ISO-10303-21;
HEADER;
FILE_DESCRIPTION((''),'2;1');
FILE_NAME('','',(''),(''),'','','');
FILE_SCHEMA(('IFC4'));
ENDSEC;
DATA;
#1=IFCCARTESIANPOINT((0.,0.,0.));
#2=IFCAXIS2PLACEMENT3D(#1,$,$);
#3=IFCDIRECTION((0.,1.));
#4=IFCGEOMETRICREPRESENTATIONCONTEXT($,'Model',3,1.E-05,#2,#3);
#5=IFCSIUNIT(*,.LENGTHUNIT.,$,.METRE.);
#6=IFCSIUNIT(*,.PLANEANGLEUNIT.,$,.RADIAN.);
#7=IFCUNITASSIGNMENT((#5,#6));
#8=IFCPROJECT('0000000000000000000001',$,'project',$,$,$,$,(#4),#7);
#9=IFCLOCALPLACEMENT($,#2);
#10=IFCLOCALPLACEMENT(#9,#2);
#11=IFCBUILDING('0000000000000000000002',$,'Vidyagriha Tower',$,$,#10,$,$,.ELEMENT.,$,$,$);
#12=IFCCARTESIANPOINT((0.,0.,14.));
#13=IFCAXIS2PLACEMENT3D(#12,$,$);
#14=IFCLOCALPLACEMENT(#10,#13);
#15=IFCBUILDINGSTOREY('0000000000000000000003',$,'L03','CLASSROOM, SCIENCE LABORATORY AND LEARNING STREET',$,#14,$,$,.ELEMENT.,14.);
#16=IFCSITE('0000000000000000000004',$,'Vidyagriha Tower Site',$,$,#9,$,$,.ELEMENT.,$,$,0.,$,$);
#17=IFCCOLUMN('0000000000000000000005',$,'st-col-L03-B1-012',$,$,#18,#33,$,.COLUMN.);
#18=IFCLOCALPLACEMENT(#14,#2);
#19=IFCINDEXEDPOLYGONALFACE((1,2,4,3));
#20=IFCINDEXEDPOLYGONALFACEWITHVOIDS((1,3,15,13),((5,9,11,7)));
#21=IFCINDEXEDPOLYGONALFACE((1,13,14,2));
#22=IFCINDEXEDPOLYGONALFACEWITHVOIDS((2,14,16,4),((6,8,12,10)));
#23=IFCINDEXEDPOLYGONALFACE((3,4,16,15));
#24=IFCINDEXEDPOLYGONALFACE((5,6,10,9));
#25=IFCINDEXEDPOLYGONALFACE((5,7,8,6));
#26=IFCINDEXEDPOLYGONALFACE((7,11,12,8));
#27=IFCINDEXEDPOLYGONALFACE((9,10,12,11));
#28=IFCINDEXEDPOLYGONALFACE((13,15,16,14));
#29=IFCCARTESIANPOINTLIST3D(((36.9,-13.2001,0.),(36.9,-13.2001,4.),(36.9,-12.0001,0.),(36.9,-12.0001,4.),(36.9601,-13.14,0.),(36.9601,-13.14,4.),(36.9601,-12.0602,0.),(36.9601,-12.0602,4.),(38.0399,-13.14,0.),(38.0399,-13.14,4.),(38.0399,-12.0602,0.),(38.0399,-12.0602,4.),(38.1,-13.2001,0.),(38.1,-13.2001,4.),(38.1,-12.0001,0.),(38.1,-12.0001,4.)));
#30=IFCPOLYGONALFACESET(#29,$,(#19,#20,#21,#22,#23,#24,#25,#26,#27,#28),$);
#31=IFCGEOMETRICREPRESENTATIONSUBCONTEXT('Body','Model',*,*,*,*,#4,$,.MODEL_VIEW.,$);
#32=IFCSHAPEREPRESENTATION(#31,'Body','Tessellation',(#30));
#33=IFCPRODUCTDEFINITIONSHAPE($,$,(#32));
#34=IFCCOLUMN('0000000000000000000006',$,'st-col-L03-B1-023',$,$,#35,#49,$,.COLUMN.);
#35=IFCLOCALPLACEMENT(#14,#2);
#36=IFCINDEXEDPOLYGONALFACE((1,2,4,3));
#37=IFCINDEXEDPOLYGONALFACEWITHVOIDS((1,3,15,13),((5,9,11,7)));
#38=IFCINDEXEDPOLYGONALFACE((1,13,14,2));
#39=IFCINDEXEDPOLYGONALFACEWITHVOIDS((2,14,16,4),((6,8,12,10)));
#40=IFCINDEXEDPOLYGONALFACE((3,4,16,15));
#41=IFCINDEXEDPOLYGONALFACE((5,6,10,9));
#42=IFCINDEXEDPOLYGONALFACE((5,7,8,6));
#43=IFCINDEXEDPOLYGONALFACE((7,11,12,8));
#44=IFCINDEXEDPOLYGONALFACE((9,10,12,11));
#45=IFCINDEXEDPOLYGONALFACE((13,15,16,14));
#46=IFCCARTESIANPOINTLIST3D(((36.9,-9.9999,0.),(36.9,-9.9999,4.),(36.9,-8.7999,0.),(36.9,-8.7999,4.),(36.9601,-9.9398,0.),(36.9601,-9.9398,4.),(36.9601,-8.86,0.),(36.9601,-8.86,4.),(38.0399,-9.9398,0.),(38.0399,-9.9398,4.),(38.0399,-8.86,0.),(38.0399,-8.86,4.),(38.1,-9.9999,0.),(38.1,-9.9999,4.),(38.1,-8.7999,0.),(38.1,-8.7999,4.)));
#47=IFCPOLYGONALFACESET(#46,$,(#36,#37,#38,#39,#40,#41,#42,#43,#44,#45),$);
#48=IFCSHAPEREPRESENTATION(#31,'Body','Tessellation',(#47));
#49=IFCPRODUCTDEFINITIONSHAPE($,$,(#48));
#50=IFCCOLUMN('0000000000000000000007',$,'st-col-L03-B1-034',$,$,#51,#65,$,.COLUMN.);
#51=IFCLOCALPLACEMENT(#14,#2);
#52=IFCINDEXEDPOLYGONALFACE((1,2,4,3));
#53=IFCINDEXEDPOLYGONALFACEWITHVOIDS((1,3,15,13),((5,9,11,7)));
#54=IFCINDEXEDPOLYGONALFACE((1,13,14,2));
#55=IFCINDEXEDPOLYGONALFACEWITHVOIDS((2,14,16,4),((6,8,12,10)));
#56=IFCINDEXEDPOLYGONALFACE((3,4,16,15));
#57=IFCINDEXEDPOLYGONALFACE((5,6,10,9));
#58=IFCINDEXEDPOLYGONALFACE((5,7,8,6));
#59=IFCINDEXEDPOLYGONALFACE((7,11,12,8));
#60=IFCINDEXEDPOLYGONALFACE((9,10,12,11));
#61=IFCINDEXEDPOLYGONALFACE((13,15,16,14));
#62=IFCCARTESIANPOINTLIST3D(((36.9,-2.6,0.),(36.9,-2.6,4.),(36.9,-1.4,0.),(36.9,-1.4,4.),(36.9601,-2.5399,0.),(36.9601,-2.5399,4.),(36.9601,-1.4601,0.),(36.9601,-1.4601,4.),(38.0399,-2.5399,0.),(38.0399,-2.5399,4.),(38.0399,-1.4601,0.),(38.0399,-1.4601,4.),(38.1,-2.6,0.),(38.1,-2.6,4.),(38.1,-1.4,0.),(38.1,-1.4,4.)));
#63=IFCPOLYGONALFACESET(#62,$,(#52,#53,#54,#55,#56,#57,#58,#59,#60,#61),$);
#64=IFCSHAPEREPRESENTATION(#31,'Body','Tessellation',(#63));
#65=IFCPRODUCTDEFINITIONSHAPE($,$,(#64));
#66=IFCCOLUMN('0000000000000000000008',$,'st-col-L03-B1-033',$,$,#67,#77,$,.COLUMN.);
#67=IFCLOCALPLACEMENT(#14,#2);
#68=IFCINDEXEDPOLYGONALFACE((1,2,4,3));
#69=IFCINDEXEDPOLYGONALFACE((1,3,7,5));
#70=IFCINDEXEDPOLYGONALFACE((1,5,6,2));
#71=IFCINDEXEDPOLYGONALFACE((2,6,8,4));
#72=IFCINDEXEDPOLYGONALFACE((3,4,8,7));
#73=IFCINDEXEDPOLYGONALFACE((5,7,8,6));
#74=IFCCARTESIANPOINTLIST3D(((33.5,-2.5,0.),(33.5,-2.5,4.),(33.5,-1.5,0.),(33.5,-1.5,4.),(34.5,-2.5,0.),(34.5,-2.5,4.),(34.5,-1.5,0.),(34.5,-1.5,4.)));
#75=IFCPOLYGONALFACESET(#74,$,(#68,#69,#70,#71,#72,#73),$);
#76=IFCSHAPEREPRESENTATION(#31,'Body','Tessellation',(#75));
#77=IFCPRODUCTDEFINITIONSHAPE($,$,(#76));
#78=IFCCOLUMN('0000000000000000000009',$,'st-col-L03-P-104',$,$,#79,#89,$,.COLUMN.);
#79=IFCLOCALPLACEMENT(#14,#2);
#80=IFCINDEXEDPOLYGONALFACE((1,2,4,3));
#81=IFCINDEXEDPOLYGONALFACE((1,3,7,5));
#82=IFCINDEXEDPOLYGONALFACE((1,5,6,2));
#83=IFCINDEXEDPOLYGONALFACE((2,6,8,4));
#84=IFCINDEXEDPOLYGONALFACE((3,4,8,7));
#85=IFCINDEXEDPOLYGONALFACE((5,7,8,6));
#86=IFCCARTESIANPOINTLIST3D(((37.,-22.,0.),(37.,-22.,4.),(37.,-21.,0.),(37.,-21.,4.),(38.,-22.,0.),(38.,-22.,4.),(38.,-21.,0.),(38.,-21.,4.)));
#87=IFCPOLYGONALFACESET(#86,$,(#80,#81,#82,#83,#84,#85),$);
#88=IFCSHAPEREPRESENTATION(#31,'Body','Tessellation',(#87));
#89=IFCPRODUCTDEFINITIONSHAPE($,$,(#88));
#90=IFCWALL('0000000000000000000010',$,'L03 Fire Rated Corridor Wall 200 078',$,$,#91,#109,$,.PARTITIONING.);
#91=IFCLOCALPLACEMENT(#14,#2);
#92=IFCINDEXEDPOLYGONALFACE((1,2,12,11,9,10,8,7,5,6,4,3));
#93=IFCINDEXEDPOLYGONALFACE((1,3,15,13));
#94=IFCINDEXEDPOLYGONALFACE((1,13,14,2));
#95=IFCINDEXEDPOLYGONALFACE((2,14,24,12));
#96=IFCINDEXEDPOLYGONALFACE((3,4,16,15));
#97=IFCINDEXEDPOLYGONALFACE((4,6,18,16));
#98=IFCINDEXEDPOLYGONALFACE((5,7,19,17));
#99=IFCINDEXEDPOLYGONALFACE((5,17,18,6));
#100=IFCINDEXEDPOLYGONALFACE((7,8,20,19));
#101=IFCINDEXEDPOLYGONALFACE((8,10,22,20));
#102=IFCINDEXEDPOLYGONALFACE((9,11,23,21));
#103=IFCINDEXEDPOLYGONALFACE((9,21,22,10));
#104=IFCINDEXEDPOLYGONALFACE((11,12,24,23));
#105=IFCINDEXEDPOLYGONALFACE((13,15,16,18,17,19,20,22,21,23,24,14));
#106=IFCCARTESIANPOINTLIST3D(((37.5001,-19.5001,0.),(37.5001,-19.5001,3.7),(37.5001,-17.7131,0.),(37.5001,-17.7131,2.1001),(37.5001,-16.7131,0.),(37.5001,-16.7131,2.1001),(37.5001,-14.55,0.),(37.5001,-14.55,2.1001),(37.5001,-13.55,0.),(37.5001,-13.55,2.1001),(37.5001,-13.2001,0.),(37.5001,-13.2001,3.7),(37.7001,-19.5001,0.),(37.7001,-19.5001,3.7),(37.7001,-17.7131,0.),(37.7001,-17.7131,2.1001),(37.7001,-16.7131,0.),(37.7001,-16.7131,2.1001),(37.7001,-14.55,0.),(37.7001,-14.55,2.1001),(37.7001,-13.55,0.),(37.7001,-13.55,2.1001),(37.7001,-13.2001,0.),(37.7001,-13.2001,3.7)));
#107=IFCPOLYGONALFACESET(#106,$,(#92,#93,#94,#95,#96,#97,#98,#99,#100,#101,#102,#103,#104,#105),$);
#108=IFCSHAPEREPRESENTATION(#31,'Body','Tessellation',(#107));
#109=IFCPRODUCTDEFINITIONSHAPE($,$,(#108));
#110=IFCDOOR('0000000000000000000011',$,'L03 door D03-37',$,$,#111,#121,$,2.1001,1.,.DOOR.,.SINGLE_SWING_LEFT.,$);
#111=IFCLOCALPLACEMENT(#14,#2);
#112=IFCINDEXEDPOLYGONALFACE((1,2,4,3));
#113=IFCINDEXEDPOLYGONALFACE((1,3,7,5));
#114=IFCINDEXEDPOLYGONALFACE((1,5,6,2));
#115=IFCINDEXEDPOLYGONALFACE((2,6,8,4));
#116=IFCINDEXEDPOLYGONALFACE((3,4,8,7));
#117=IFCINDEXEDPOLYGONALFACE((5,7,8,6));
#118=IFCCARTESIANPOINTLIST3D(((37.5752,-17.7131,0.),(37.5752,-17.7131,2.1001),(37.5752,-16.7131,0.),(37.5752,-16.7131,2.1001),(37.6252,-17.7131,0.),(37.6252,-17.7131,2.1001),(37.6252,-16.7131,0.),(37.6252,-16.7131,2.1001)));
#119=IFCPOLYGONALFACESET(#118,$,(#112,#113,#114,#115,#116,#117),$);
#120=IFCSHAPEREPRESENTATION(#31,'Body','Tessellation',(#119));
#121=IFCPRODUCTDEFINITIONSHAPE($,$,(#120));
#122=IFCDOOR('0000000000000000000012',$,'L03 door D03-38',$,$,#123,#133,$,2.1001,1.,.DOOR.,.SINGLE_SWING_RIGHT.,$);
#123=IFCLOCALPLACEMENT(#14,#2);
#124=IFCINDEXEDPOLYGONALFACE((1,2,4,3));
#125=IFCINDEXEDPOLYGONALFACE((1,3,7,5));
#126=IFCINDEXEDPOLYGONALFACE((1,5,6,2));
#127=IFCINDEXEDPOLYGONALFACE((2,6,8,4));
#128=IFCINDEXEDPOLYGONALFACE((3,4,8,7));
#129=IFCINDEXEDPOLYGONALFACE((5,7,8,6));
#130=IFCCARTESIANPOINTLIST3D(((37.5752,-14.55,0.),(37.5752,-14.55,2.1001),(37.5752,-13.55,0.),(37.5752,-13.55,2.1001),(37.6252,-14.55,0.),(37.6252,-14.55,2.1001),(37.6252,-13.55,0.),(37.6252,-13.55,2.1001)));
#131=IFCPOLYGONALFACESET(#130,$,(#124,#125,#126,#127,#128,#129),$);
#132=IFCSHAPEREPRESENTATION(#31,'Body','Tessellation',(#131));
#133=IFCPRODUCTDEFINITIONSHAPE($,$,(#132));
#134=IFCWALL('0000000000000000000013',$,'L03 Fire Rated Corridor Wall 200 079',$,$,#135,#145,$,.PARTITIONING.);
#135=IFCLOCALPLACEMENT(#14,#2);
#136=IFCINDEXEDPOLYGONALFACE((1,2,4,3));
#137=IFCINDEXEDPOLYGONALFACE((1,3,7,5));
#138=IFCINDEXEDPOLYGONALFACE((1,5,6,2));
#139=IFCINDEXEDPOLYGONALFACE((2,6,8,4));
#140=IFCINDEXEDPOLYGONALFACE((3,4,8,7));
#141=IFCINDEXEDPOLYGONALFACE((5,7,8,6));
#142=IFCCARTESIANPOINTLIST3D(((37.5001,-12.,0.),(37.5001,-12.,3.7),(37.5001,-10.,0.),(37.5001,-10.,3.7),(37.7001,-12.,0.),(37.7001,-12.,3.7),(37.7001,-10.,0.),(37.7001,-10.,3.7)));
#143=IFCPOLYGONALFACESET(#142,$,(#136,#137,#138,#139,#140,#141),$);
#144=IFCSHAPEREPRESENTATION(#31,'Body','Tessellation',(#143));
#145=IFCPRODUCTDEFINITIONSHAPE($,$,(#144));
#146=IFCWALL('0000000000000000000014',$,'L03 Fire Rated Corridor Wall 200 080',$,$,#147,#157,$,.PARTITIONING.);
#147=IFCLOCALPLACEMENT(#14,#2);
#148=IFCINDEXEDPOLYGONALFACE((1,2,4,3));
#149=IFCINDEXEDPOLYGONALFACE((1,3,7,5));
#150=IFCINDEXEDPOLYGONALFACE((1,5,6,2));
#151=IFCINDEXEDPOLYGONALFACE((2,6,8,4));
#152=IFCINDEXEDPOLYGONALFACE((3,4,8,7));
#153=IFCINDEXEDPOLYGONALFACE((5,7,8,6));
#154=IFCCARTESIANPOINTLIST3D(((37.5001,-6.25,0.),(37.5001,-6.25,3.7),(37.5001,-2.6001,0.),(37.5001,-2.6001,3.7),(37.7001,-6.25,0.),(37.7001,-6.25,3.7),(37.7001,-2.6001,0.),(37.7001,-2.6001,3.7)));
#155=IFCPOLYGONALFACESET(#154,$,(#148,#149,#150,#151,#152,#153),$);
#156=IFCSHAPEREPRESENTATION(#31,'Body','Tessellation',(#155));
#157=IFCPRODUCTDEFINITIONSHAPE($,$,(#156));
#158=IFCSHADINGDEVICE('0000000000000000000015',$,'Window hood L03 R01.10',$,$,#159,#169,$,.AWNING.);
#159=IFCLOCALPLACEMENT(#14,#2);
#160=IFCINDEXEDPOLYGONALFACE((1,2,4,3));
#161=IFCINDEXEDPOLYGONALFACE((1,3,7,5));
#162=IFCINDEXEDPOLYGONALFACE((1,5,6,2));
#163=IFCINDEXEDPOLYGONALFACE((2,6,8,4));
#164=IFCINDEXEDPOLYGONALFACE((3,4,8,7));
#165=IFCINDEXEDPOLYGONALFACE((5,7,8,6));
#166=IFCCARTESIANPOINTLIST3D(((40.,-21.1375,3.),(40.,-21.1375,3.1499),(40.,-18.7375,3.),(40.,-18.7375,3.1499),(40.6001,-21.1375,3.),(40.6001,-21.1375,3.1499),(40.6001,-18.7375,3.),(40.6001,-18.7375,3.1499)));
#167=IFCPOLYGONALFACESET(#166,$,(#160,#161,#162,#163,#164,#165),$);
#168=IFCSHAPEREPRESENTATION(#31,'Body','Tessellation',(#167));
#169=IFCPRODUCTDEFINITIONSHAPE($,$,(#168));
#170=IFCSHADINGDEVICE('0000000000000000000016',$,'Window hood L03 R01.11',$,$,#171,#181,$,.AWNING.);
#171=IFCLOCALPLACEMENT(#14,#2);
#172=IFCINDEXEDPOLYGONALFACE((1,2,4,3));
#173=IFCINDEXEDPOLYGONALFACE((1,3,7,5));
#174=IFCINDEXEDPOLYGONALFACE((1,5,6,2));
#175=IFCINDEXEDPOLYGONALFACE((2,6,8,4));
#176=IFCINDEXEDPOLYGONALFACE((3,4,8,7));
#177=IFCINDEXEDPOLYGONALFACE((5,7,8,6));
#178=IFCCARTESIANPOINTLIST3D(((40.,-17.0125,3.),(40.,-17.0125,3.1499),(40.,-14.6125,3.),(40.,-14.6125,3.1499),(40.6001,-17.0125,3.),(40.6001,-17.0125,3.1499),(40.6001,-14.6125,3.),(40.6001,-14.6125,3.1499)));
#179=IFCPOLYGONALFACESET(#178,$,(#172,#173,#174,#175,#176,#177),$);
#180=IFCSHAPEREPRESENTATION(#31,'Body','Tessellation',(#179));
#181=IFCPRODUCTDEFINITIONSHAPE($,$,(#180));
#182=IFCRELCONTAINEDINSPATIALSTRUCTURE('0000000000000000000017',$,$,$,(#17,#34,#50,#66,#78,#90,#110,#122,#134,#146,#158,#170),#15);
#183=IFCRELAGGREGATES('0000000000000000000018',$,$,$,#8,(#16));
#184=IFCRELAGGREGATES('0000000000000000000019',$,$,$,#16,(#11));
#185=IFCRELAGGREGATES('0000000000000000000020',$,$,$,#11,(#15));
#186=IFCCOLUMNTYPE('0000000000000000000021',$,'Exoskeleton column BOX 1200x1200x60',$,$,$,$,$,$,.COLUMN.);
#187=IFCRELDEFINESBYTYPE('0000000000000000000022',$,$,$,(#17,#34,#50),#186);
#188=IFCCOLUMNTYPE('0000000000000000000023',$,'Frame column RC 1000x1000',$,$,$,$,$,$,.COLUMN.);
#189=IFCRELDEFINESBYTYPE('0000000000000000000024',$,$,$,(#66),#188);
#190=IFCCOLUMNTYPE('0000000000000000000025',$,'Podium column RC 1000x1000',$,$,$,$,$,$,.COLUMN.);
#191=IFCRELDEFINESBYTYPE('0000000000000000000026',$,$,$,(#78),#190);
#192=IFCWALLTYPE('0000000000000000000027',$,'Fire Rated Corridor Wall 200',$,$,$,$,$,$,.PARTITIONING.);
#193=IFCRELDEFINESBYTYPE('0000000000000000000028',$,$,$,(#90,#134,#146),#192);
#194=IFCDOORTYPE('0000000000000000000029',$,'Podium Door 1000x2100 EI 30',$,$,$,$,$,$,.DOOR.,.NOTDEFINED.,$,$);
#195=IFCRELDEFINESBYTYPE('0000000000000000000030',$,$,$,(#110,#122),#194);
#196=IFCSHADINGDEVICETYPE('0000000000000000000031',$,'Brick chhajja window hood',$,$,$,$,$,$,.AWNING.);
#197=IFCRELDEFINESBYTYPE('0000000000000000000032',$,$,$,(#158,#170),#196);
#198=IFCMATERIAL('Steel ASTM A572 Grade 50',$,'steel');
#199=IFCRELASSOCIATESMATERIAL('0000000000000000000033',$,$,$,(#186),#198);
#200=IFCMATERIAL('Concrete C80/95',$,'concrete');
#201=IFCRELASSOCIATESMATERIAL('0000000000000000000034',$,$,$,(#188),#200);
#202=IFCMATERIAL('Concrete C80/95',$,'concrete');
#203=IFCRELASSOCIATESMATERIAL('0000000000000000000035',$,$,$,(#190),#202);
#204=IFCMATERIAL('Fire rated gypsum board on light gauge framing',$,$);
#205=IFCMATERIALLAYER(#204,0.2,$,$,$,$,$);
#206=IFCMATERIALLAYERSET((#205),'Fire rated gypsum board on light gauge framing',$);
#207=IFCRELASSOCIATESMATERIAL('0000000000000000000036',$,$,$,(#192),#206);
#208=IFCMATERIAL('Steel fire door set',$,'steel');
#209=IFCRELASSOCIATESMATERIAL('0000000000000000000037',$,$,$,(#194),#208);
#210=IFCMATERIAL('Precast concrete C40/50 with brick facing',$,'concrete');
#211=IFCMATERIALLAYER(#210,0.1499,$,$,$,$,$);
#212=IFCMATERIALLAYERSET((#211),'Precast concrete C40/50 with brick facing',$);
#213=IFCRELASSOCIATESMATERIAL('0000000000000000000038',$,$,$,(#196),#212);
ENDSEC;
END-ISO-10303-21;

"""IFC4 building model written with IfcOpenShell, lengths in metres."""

from ifc_helpers import new_model, si_unit, direction, frame, frame_2d, origin, origin_2d, place, context, subcontext, project, spatial, rectangle, hollow_rectangle, extrude, material, layer, layer_set, material_profile, profile_set, type_object, element, fill, save


model = new_model("IFC4")

# Units and contexts
model_context = context("Model", 3, precision=1e-05, world=origin(), true_north=direction((0.0, 1.0)))
body_context = subcontext(model_context, "Body", "Model", "MODEL_VIEW")
ifc_project = project(units=[si_unit("LENGTHUNIT", "METRE"), si_unit("PLANEANGLEUNIT", "RADIAN")], contexts=[model_context])

# Site, building, storey
site_placement = place(None, origin())
site = spatial("IfcSite", under=ifc_project, at=site_placement, Name="Vidyagriha Tower Site", CompositionType="ELEMENT", RefElevation=0.0)
building_placement = place(site_placement, origin())
building = spatial("IfcBuilding", under=site, at=building_placement, Name="Vidyagriha Tower", CompositionType="ELEMENT")
storey_placement = place(building_placement, frame((0.0, 0.0, 14.0)))
storey = spatial("IfcBuildingStorey", under=building, at=storey_placement, Name="L03", Description="CLASSROOM, SCIENCE LABORATORY AND LEARNING STREET", CompositionType="ELEMENT", Elevation=14.0)

# Columns
ifc_material_1 = material(Name="Steel ASTM A572 Grade 50", Category="steel")
ifc_material_profile_1 = material_profile(ifc_material_1, hollow_rectangle(XDim=1.2, YDim=1.2, WallThickness=0.0601, at=origin_2d()), Name="BOX 1200x1200x60")
ifc_profile_set_1 = profile_set([ifc_material_profile_1], Name="Steel ASTM A572 Grade 50")
column_type_1 = type_object("IfcColumnType", Name="Exoskeleton column BOX 1200x1200x60", PredefinedType="COLUMN", material=ifc_profile_set_1)
for number, where, name in (
    (1, (37.5, -12.6001, 0.0), "st-col-L03-B1-012"),
    (2, (37.5, -9.3999, 0.0), "st-col-L03-B1-023"),
    (3, (37.5, -2.0, 0.0), "st-col-L03-B1-034"),
):
    element("IfcColumn", number, at=place(storey_placement, frame(where)), inside=storey, type_object=column_type_1, Name=name, PredefinedType="COLUMN", context=body_context, shape_type="SweptSolid", body=[
        extrude(hollow_rectangle(XDim=1.2, YDim=1.2, WallThickness=0.0601, at=origin_2d()), origin(), (0.0, 0.0, 1.0), 4.0),
    ])
ifc_material_2 = material(Name="Concrete C80/95", Category="concrete")
ifc_material_profile_2 = material_profile(ifc_material_2, rectangle(XDim=1.0, YDim=1.0, at=origin_2d()), Name="RC 1000x1000")
ifc_profile_set_2 = profile_set([ifc_material_profile_2], Name="Concrete C80/95")
column_type_2 = type_object("IfcColumnType", Name="Frame column RC 1000x1000", PredefinedType="COLUMN", material=ifc_profile_set_2)
column_1_placement = place(storey_placement, frame((34.0, -2.0, 0.0)))
element("IfcColumn", 4, at=column_1_placement, inside=storey, type_object=column_type_2, Name="st-col-L03-B1-033", PredefinedType="COLUMN", context=body_context, shape_type="SweptSolid", body=[
    extrude(rectangle(XDim=1.0, YDim=1.0, at=origin_2d()), origin(), (0.0, 0.0, 1.0), 4.0),
])
ifc_material_3 = material(Name="Concrete C80/95", Category="concrete")
ifc_material_profile_3 = material_profile(ifc_material_3, rectangle(XDim=1.0, YDim=1.0, at=origin_2d()), Name="RC 1000x1000")
ifc_profile_set_3 = profile_set([ifc_material_profile_3], Name="Concrete C80/95")
column_type_3 = type_object("IfcColumnType", Name="Podium column RC 1000x1000", PredefinedType="COLUMN", material=ifc_profile_set_3)
column_2_placement = place(storey_placement, frame((37.5, -21.5, 0.0)))
element("IfcColumn", 5, at=column_2_placement, inside=storey, type_object=column_type_3, Name="st-col-L03-P-104", PredefinedType="COLUMN", context=body_context, shape_type="SweptSolid", body=[
    extrude(rectangle(XDim=1.0, YDim=1.0, at=origin_2d()), origin(), (0.0, 0.0, 1.0), 4.0),
])

# Wall, openings, doors
ifc_material_4 = material(Name="Fire rated gypsum board on light gauge framing")
ifc_layer_1 = layer(ifc_material_4, 0.2)
ifc_layer_set_1 = layer_set([ifc_layer_1], Name="Fire rated gypsum board on light gauge framing")
wall_type = type_object("IfcWallType", Name="Fire Rated Corridor Wall 200", PredefinedType="PARTITIONING", material=ifc_layer_set_1)
wall_1_placement = place(storey_placement, frame((37.6001, -19.5, 0.0), z_axis=(0.0, 0.0, 1.0), x_axis=(0.0, 1.0, 0.0)))
wall_1 = element("IfcWall", 6, at=wall_1_placement, inside=storey, type_object=wall_type, Name="L03 Fire Rated Corridor Wall 200 078", PredefinedType="PARTITIONING", context=body_context, shape_type="SweptSolid", body=[
    extrude(rectangle(XDim=6.3, YDim=0.2, at=frame_2d((3.1499, 0.0))), origin(), (0.0, 0.0, 1.0), 3.7),
])
opening_1_placement = place(wall_1_placement, frame((1.7869, 0.0, 0.0)))
opening_1 = element("IfcOpeningElement", 7, at=opening_1_placement, cuts=wall_1, PredefinedType="OPENING", context=body_context, shape_type="SweptSolid", body=[
    extrude(rectangle(XDim=1.0, YDim=2.1001, at=frame_2d((0.5, 1.05))), frame((0.0, 0.1099, 0.0), z_axis=(0.0, -1.0, 0.0), x_axis=(1.0, 0.0, 0.0)), (0.0, 0.0, 1.0), 0.22),
])
opening_2_placement = place(wall_1_placement, frame((4.95, 0.0, 0.0)))
opening_2 = element("IfcOpeningElement", 8, at=opening_2_placement, cuts=wall_1, PredefinedType="OPENING", context=body_context, shape_type="SweptSolid", body=[
    extrude(rectangle(XDim=1.0, YDim=2.1001, at=frame_2d((0.5, 1.05))), frame((0.0, 0.1099, 0.0), z_axis=(0.0, -1.0, 0.0), x_axis=(1.0, 0.0, 0.0)), (0.0, 0.0, 1.0), 0.22),
])
ifc_material_5 = material(Name="Steel fire door set", Category="steel")
door_type = type_object("IfcDoorType", Name="Podium Door 1000x2100 EI 30", OperationType="NOTDEFINED", PredefinedType="DOOR", material=ifc_material_5)
door_1_placement = place(opening_1_placement, origin())
door_1 = element("IfcDoor", 9, at=door_1_placement, inside=storey, type_object=door_type, Name="L03 door D03-37", OperationType="SINGLE_SWING_LEFT", OverallHeight=2.1001, OverallWidth=1.0, PredefinedType="DOOR", context=body_context, shape_type="SweptSolid", body=[
    extrude(rectangle(XDim=1.0, YDim=2.1001, at=frame_2d((0.5, 1.05))), frame((0.0, 0.0249, 0.0), z_axis=(0.0, -1.0, 0.0), x_axis=(1.0, 0.0, 0.0)), (0.0, 0.0, 1.0), 0.05),
])
fill(opening_1, door_1)
door_2_placement = place(opening_2_placement, origin())
door_2 = element("IfcDoor", 10, at=door_2_placement, inside=storey, type_object=door_type, Name="L03 door D03-38", OperationType="SINGLE_SWING_RIGHT", OverallHeight=2.1001, OverallWidth=1.0, PredefinedType="DOOR", context=body_context, shape_type="SweptSolid", body=[
    extrude(rectangle(XDim=1.0, YDim=2.1001, at=frame_2d((0.5, 1.05))), frame((0.0, 0.0249, 0.0), z_axis=(0.0, -1.0, 0.0), x_axis=(1.0, 0.0, 0.0)), (0.0, 0.0, 1.0), 0.05),
])
fill(opening_2, door_2)

# Walls
wall_2_placement = place(storey_placement, frame((37.6001, -12.0, 0.0), z_axis=(0.0, 0.0, 1.0), x_axis=(0.0, 1.0, 0.0)))
element("IfcWall", 11, at=wall_2_placement, inside=storey, type_object=wall_type, Name="L03 Fire Rated Corridor Wall 200 079", PredefinedType="PARTITIONING", context=body_context, shape_type="SweptSolid", body=[
    extrude(rectangle(XDim=2.0, YDim=0.2, at=frame_2d((1.0, 0.0))), origin(), (0.0, 0.0, 1.0), 3.7),
])
wall_3_placement = place(storey_placement, frame((37.6001, -6.25, 0.0), z_axis=(0.0, 0.0, 1.0), x_axis=(0.0, 1.0, 0.0)))
element("IfcWall", 12, at=wall_3_placement, inside=storey, type_object=wall_type, Name="L03 Fire Rated Corridor Wall 200 080", PredefinedType="PARTITIONING", context=body_context, shape_type="SweptSolid", body=[
    extrude(rectangle(XDim=3.6499, YDim=0.2, at=frame_2d((1.825, 0.0))), origin(), (0.0, 0.0, 1.0), 3.7),
])

# Shading devices
ifc_material_6 = material(Name="Precast concrete C40/50 with brick facing", Category="concrete")
ifc_layer_2 = layer(ifc_material_6, 0.1499)
ifc_layer_set_2 = layer_set([ifc_layer_2], Name="Precast concrete C40/50 with brick facing")
shading_device_type_1 = type_object("IfcShadingDeviceType", Name="Brick chhajja window hood", PredefinedType="AWNING", material=ifc_layer_set_2)
for number, where, z_axis, x_axis, name in (
    (13, (40.3, -19.9375, 3.0), (0.0, 0.0, 1.0), (0.0, 1.0, 0.0), "Window hood L03 R01.10"),
    (14, (40.3, -15.8125, 3.0), (0.0, 0.0, 1.0), (0.0, 1.0, 0.0), "Window hood L03 R01.11"),
):
    element("IfcShadingDevice", number, at=place(storey_placement, frame(where, z_axis=z_axis, x_axis=x_axis)), inside=storey, type_object=shading_device_type_1, Name=name, PredefinedType="AWNING", context=body_context, shape_type="SweptSolid", body=[
        extrude(rectangle(XDim=2.3999, YDim=0.6001, at=origin_2d()), origin(), (0.0, 0.0, 1.0), 0.1499),
    ])

save(model, "model.ifc")
